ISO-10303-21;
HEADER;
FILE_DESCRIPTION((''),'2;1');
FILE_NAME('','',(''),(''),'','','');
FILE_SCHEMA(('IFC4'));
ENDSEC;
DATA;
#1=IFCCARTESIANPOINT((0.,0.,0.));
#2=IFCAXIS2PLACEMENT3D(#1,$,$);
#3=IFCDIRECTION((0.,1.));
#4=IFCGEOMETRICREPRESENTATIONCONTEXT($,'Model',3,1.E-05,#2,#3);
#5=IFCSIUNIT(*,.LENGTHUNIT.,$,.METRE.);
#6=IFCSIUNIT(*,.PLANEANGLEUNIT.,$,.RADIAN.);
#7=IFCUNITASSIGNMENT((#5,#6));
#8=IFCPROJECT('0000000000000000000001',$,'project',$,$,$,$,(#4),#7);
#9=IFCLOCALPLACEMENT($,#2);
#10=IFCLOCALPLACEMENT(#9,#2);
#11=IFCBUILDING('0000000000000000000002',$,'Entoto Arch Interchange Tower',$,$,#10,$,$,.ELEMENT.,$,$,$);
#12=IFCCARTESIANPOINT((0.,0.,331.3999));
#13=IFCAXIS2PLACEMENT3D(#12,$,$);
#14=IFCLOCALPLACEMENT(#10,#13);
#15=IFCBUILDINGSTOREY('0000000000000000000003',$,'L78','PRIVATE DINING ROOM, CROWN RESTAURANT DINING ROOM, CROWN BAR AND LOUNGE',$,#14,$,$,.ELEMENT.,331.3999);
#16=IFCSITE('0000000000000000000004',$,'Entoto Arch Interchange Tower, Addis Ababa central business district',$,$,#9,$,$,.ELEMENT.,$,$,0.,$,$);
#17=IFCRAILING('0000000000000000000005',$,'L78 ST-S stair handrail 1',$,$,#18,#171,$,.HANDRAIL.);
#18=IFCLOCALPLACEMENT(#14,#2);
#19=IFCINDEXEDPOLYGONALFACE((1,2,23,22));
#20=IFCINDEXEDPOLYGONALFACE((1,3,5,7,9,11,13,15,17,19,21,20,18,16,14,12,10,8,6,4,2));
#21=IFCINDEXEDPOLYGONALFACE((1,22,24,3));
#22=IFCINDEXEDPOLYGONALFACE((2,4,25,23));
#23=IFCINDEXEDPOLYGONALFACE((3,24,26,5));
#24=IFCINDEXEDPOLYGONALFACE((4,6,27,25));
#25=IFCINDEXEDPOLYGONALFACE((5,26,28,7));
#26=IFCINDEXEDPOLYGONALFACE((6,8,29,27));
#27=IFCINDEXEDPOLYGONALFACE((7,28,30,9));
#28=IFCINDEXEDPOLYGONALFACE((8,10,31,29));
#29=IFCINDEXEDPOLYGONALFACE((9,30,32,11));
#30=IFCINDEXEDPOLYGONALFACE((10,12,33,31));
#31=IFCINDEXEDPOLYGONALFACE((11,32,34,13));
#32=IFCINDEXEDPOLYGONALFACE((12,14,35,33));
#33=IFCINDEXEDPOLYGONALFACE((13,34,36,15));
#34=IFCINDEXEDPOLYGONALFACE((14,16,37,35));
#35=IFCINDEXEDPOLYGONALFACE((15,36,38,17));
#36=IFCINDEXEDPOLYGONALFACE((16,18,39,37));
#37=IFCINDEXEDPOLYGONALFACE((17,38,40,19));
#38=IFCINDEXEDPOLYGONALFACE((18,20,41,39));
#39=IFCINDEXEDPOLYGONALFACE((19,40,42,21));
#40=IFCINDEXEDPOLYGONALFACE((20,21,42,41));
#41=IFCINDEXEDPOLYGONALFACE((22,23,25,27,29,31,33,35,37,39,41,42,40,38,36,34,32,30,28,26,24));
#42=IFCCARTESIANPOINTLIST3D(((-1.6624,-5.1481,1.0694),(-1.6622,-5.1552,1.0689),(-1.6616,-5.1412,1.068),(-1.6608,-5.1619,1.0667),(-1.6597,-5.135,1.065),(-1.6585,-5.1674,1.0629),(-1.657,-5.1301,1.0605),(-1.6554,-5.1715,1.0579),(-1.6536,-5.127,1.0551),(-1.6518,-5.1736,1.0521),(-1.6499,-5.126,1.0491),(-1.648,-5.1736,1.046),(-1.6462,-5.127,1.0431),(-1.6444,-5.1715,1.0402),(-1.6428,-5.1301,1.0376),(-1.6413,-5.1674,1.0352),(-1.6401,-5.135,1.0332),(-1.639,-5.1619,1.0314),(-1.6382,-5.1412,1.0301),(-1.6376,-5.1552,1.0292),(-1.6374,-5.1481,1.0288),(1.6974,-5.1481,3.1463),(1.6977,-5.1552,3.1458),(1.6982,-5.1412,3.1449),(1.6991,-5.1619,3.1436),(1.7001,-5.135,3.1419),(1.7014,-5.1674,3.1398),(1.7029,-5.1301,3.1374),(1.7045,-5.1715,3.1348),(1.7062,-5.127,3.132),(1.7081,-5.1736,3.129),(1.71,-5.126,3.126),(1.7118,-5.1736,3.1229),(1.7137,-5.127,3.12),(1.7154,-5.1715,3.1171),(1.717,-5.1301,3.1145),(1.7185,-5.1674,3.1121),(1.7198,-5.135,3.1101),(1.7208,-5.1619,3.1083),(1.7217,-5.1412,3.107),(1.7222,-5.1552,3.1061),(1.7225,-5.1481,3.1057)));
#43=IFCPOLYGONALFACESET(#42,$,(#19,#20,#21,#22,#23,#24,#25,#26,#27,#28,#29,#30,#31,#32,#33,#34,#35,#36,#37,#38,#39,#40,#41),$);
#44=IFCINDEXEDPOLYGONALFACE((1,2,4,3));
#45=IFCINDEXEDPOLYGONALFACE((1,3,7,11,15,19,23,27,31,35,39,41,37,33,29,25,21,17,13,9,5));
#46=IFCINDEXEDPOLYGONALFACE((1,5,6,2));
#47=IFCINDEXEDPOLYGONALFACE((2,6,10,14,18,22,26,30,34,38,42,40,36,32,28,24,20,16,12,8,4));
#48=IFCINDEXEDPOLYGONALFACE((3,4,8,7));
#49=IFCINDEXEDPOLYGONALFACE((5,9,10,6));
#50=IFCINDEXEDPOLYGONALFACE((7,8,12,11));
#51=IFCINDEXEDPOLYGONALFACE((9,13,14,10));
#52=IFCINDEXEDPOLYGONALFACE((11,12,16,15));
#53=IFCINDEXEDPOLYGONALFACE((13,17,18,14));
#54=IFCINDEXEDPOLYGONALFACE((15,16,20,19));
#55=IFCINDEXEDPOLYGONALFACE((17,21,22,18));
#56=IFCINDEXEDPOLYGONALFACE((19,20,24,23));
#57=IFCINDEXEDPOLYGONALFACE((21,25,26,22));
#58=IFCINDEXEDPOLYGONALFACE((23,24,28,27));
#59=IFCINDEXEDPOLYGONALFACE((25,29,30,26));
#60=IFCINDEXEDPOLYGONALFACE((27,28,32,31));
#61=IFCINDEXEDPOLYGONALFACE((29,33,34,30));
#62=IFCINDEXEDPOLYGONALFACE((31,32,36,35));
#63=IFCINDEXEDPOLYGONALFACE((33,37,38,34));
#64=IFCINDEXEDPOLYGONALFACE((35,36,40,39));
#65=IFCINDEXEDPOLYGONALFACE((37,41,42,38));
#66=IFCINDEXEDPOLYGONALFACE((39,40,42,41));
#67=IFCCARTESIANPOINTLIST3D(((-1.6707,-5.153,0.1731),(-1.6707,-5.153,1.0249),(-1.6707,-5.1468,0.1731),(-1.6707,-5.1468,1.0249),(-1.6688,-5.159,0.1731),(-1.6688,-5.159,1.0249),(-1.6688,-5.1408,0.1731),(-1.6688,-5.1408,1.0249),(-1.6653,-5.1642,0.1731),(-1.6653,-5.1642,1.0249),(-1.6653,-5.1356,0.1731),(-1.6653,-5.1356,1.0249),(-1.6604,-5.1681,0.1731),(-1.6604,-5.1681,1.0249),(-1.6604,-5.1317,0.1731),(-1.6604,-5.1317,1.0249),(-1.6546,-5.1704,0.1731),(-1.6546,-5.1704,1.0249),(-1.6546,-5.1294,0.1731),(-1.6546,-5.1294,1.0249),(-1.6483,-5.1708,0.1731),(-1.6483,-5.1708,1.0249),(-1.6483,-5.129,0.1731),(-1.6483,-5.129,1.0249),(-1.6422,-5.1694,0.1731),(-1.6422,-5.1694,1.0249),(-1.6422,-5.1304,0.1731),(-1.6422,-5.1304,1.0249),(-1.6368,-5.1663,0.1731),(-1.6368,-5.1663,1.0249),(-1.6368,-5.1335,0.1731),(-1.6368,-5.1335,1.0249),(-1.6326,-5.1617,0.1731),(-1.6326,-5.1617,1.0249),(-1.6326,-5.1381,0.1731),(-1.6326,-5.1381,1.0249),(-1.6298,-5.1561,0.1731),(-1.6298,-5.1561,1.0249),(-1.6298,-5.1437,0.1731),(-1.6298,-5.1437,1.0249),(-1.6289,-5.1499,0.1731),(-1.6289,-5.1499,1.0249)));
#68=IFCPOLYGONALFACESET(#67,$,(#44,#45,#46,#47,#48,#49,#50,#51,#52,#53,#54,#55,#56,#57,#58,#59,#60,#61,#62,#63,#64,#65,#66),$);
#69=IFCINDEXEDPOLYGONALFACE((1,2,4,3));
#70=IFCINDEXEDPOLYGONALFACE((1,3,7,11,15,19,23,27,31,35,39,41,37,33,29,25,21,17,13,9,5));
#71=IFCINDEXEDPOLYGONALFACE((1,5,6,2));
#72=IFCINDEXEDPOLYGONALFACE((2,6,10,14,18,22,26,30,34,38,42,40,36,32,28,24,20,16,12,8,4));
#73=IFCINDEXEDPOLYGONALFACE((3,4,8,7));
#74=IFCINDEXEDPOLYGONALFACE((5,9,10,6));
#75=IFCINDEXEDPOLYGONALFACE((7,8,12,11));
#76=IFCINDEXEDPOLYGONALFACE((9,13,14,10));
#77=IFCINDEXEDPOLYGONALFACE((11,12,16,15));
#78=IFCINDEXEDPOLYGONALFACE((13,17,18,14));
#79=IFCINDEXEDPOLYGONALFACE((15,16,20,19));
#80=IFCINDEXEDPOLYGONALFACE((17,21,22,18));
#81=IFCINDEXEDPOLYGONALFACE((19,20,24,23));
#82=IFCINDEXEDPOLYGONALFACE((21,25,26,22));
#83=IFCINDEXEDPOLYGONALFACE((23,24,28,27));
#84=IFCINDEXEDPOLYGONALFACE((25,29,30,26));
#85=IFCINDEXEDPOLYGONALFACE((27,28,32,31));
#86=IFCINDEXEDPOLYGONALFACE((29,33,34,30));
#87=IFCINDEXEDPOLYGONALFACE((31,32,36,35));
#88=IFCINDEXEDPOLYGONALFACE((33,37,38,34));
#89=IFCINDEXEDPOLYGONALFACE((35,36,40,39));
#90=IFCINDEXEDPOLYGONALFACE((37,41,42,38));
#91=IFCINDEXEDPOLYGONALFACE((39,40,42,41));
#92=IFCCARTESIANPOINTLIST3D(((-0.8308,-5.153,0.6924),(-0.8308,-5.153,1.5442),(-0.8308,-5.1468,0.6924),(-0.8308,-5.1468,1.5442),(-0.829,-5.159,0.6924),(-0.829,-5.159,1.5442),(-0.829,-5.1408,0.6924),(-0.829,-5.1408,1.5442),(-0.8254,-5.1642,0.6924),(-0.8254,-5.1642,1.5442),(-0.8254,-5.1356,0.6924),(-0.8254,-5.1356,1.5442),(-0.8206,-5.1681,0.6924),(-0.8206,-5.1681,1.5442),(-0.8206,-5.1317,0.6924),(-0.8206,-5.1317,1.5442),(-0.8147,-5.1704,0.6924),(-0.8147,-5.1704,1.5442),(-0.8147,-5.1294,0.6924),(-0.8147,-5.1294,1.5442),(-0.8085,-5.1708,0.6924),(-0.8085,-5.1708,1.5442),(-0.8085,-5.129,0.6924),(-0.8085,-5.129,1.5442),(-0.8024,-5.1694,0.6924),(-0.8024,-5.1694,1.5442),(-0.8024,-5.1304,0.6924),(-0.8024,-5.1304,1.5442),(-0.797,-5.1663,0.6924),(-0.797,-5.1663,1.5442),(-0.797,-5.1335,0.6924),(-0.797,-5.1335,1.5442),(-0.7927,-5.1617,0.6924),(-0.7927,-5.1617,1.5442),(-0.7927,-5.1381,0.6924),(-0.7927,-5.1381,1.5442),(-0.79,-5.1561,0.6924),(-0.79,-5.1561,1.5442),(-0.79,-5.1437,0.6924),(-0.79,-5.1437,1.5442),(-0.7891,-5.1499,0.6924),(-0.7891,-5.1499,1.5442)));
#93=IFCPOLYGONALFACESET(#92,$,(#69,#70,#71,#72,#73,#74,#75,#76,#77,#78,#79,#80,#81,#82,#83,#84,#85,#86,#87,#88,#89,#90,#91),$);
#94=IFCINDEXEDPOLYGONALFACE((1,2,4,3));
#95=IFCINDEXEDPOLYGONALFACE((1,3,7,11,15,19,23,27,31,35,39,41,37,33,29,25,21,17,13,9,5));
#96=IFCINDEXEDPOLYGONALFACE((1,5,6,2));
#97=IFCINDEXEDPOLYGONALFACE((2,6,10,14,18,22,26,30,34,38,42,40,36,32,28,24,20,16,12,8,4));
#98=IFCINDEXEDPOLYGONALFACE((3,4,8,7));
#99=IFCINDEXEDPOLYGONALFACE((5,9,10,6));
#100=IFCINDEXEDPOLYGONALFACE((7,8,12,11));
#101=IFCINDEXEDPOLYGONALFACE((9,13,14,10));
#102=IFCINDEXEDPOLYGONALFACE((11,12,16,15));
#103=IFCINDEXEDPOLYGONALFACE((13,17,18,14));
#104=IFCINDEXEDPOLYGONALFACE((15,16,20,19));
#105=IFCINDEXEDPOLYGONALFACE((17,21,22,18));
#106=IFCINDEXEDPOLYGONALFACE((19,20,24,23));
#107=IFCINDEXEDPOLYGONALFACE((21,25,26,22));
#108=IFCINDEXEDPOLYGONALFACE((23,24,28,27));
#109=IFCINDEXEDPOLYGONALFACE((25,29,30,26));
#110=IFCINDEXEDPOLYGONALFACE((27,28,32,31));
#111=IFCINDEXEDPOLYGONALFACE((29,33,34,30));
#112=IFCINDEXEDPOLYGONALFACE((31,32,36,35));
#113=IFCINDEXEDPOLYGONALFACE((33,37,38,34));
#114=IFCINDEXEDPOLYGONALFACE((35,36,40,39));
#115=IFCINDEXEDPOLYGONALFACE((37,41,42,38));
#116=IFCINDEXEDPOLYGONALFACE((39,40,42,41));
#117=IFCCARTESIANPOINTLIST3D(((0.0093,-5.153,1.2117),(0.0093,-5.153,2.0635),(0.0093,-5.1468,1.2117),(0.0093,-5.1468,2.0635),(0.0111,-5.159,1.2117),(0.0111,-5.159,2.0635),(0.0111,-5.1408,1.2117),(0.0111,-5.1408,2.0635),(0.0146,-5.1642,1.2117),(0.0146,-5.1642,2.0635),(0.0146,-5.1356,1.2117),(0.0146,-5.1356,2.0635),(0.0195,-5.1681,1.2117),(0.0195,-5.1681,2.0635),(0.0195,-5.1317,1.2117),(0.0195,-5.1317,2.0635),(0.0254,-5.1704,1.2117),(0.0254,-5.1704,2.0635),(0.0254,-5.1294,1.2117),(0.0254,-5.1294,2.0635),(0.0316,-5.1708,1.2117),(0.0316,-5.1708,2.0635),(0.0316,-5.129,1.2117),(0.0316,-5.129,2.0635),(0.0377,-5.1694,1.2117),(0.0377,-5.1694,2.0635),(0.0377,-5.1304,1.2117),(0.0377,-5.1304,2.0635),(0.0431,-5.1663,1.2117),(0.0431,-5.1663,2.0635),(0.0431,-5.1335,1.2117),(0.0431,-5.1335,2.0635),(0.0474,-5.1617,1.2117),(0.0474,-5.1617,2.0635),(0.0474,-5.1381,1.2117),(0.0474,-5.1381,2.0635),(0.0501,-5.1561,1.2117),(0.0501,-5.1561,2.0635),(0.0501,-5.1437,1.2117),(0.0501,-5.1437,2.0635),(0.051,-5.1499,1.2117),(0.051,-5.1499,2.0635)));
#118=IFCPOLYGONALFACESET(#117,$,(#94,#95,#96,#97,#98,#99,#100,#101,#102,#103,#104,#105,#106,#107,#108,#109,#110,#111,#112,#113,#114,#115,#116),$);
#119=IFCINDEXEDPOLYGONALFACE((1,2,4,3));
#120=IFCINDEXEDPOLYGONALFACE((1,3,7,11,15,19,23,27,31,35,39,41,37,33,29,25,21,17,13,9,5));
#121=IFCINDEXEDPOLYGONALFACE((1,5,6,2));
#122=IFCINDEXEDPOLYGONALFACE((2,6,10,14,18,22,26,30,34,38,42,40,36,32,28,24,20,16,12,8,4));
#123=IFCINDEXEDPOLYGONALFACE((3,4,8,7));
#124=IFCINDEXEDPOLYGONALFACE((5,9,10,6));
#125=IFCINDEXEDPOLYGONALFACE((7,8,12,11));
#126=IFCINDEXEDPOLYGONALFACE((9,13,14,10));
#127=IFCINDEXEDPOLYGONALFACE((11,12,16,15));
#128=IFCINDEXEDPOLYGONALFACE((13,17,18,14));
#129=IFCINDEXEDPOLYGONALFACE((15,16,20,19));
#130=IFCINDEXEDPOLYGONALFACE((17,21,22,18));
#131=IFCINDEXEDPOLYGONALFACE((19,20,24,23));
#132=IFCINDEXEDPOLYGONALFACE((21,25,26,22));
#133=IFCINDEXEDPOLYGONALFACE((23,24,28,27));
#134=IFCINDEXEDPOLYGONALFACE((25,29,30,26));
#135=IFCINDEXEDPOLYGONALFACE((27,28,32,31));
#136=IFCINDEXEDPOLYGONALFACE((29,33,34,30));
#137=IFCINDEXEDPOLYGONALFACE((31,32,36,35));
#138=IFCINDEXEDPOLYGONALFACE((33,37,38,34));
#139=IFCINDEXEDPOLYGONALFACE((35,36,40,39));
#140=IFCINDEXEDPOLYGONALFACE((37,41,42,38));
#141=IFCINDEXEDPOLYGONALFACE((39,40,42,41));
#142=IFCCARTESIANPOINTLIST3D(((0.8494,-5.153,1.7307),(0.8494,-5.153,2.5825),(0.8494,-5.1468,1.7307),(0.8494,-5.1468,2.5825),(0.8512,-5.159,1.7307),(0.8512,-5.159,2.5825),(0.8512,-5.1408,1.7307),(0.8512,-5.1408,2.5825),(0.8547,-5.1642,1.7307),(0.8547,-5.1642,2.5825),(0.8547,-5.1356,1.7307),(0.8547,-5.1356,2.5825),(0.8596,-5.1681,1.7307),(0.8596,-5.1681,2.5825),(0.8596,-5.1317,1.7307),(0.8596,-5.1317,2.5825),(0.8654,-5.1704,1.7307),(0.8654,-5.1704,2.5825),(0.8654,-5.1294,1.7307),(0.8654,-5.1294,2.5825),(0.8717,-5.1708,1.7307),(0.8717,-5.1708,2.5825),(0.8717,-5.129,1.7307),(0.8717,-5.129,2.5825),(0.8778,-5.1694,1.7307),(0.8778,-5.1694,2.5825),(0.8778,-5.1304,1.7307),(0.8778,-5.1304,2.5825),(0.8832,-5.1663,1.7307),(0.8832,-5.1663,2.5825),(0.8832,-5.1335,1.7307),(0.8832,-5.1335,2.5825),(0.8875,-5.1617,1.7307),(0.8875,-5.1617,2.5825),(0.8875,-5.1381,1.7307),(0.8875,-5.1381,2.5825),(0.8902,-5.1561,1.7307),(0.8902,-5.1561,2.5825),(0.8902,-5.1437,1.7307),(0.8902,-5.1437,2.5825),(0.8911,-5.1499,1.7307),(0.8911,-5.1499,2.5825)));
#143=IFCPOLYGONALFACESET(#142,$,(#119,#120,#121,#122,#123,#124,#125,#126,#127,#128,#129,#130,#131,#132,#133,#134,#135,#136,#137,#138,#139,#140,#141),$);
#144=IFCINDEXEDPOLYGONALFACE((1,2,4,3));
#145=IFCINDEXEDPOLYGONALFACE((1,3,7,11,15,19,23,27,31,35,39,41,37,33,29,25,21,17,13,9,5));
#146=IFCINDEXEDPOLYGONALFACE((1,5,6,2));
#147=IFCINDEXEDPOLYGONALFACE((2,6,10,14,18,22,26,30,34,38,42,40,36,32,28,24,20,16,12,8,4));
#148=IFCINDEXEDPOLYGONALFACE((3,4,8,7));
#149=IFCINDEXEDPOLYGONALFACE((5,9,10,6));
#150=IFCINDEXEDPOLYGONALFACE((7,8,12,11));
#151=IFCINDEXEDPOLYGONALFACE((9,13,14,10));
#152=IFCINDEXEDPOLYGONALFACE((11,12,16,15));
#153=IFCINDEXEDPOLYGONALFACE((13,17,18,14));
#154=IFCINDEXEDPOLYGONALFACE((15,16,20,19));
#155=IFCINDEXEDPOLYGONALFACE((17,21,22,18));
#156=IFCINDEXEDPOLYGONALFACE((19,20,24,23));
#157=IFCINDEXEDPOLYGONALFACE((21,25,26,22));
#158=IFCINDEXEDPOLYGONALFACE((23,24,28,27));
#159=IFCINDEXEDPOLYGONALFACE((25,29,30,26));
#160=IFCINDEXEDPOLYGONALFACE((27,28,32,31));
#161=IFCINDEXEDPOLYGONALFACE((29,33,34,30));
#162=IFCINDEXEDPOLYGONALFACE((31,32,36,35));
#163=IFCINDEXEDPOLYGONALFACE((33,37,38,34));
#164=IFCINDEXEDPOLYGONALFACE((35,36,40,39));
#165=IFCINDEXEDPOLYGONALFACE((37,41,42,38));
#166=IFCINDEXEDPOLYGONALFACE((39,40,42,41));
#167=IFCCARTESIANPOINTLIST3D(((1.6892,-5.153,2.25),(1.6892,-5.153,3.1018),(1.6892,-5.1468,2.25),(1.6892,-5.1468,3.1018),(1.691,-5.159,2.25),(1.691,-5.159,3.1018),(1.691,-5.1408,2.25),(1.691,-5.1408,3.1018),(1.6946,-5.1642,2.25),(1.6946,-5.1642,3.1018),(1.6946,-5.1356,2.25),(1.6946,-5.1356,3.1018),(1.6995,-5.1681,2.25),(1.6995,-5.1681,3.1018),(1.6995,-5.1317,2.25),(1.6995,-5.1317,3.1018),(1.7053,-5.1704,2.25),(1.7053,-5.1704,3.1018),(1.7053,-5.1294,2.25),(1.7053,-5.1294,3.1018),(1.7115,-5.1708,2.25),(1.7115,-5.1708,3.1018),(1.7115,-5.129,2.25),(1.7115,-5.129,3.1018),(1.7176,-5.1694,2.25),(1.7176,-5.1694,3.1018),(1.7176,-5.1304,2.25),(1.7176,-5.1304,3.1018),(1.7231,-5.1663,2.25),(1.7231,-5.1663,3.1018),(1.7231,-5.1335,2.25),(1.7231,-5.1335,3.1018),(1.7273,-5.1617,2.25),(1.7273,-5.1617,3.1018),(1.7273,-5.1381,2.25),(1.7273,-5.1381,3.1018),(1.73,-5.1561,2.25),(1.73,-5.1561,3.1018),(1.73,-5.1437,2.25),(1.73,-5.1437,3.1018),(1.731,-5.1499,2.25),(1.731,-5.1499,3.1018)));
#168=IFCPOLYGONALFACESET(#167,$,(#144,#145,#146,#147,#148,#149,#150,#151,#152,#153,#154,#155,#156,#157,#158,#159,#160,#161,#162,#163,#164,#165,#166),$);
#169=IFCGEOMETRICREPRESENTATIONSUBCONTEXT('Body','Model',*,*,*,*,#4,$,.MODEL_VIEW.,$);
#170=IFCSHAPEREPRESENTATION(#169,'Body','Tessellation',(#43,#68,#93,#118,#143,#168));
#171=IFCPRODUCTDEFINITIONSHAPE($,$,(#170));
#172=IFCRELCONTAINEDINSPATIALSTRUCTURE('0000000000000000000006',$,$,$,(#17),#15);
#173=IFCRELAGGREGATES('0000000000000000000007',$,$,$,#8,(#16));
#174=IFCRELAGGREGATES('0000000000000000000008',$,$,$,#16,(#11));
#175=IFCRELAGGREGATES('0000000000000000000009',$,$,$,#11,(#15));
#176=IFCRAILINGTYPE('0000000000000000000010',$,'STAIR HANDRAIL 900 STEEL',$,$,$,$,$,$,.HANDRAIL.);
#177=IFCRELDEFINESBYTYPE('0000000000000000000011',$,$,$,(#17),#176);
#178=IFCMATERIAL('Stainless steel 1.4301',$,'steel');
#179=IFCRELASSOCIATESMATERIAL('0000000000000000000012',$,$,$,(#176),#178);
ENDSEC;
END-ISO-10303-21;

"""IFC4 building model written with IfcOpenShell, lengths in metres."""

from ifc_helpers import new_model, si_unit, direction, frame, origin, origin_2d, place, context, subcontext, project, spatial, circle, extrude, material, type_object, element, save


model = new_model("IFC4")

# Units and contexts
model_context = context("Model", 3, precision=1e-05, world=origin(), true_north=direction((0.0, 1.0)))
body_context = subcontext(model_context, "Body", "Model", "MODEL_VIEW")
ifc_project = project(units=[si_unit("LENGTHUNIT", "METRE"), si_unit("PLANEANGLEUNIT", "RADIAN")], contexts=[model_context])

# Site, building, storey
site_placement = place(None, origin())
site = spatial("IfcSite", under=ifc_project, at=site_placement, Name="Entoto Arch Interchange Tower, Addis Ababa central business district", CompositionType="ELEMENT", RefElevation=0.0)
building_placement = place(site_placement, origin())
building = spatial("IfcBuilding", under=site, at=building_placement, Name="Entoto Arch Interchange Tower", CompositionType="ELEMENT")
storey_placement = place(building_placement, frame((0.0, 0.0, 331.3999)))
storey = spatial("IfcBuildingStorey", under=building, at=storey_placement, Name="L78", Description="PRIVATE DINING ROOM, CROWN RESTAURANT DINING ROOM, CROWN BAR AND LOUNGE", CompositionType="ELEMENT", Elevation=331.3999)

# Railing
ifc_material_1 = material(Name="Stainless steel 1.4301", Category="steel")
railing_type_1 = type_object("IfcRailingType", Name="STAIR HANDRAIL 900 STEEL", PredefinedType="HANDRAIL", material=ifc_material_1)
railing_1_placement = place(storey_placement, frame((-1.6499, -5.1499, 0.1731)))
element("IfcRailing", 1, at=railing_1_placement, inside=storey, type_object=railing_type_1, Name="L78 ST-S stair handrail 1", PredefinedType="HANDRAIL", context=body_context, shape_type="SweptSolid", body=[
    extrude(circle(Radius=0.0239, at=origin_2d()), frame((0.0, 0.0, 0.876), z_axis=(0.850606, 0.0, 0.525803), x_axis=(0.0, 1.0, 0.0)), (0.0, 0.0, 1.0), 3.95),
    extrude(circle(Radius=0.021, at=origin_2d()), origin(), (0.0, 0.0, 1.0), 0.8518),
    extrude(circle(Radius=0.021, at=origin_2d()), frame((0.8398, 0.0, 0.5193)), (0.0, 0.0, 1.0), 0.8518),
    extrude(circle(Radius=0.021, at=origin_2d()), frame((1.6799, 0.0, 1.0386)), (0.0, 0.0, 1.0), 0.8518),
    extrude(circle(Radius=0.021, at=origin_2d()), frame((2.52, 0.0, 1.5576)), (0.0, 0.0, 1.0), 0.8518),
    extrude(circle(Radius=0.021, at=origin_2d()), frame((3.3599, 0.0, 2.0769)), (0.0, 0.0, 1.0), 0.8518),
])

save(model, "model.ifc")
